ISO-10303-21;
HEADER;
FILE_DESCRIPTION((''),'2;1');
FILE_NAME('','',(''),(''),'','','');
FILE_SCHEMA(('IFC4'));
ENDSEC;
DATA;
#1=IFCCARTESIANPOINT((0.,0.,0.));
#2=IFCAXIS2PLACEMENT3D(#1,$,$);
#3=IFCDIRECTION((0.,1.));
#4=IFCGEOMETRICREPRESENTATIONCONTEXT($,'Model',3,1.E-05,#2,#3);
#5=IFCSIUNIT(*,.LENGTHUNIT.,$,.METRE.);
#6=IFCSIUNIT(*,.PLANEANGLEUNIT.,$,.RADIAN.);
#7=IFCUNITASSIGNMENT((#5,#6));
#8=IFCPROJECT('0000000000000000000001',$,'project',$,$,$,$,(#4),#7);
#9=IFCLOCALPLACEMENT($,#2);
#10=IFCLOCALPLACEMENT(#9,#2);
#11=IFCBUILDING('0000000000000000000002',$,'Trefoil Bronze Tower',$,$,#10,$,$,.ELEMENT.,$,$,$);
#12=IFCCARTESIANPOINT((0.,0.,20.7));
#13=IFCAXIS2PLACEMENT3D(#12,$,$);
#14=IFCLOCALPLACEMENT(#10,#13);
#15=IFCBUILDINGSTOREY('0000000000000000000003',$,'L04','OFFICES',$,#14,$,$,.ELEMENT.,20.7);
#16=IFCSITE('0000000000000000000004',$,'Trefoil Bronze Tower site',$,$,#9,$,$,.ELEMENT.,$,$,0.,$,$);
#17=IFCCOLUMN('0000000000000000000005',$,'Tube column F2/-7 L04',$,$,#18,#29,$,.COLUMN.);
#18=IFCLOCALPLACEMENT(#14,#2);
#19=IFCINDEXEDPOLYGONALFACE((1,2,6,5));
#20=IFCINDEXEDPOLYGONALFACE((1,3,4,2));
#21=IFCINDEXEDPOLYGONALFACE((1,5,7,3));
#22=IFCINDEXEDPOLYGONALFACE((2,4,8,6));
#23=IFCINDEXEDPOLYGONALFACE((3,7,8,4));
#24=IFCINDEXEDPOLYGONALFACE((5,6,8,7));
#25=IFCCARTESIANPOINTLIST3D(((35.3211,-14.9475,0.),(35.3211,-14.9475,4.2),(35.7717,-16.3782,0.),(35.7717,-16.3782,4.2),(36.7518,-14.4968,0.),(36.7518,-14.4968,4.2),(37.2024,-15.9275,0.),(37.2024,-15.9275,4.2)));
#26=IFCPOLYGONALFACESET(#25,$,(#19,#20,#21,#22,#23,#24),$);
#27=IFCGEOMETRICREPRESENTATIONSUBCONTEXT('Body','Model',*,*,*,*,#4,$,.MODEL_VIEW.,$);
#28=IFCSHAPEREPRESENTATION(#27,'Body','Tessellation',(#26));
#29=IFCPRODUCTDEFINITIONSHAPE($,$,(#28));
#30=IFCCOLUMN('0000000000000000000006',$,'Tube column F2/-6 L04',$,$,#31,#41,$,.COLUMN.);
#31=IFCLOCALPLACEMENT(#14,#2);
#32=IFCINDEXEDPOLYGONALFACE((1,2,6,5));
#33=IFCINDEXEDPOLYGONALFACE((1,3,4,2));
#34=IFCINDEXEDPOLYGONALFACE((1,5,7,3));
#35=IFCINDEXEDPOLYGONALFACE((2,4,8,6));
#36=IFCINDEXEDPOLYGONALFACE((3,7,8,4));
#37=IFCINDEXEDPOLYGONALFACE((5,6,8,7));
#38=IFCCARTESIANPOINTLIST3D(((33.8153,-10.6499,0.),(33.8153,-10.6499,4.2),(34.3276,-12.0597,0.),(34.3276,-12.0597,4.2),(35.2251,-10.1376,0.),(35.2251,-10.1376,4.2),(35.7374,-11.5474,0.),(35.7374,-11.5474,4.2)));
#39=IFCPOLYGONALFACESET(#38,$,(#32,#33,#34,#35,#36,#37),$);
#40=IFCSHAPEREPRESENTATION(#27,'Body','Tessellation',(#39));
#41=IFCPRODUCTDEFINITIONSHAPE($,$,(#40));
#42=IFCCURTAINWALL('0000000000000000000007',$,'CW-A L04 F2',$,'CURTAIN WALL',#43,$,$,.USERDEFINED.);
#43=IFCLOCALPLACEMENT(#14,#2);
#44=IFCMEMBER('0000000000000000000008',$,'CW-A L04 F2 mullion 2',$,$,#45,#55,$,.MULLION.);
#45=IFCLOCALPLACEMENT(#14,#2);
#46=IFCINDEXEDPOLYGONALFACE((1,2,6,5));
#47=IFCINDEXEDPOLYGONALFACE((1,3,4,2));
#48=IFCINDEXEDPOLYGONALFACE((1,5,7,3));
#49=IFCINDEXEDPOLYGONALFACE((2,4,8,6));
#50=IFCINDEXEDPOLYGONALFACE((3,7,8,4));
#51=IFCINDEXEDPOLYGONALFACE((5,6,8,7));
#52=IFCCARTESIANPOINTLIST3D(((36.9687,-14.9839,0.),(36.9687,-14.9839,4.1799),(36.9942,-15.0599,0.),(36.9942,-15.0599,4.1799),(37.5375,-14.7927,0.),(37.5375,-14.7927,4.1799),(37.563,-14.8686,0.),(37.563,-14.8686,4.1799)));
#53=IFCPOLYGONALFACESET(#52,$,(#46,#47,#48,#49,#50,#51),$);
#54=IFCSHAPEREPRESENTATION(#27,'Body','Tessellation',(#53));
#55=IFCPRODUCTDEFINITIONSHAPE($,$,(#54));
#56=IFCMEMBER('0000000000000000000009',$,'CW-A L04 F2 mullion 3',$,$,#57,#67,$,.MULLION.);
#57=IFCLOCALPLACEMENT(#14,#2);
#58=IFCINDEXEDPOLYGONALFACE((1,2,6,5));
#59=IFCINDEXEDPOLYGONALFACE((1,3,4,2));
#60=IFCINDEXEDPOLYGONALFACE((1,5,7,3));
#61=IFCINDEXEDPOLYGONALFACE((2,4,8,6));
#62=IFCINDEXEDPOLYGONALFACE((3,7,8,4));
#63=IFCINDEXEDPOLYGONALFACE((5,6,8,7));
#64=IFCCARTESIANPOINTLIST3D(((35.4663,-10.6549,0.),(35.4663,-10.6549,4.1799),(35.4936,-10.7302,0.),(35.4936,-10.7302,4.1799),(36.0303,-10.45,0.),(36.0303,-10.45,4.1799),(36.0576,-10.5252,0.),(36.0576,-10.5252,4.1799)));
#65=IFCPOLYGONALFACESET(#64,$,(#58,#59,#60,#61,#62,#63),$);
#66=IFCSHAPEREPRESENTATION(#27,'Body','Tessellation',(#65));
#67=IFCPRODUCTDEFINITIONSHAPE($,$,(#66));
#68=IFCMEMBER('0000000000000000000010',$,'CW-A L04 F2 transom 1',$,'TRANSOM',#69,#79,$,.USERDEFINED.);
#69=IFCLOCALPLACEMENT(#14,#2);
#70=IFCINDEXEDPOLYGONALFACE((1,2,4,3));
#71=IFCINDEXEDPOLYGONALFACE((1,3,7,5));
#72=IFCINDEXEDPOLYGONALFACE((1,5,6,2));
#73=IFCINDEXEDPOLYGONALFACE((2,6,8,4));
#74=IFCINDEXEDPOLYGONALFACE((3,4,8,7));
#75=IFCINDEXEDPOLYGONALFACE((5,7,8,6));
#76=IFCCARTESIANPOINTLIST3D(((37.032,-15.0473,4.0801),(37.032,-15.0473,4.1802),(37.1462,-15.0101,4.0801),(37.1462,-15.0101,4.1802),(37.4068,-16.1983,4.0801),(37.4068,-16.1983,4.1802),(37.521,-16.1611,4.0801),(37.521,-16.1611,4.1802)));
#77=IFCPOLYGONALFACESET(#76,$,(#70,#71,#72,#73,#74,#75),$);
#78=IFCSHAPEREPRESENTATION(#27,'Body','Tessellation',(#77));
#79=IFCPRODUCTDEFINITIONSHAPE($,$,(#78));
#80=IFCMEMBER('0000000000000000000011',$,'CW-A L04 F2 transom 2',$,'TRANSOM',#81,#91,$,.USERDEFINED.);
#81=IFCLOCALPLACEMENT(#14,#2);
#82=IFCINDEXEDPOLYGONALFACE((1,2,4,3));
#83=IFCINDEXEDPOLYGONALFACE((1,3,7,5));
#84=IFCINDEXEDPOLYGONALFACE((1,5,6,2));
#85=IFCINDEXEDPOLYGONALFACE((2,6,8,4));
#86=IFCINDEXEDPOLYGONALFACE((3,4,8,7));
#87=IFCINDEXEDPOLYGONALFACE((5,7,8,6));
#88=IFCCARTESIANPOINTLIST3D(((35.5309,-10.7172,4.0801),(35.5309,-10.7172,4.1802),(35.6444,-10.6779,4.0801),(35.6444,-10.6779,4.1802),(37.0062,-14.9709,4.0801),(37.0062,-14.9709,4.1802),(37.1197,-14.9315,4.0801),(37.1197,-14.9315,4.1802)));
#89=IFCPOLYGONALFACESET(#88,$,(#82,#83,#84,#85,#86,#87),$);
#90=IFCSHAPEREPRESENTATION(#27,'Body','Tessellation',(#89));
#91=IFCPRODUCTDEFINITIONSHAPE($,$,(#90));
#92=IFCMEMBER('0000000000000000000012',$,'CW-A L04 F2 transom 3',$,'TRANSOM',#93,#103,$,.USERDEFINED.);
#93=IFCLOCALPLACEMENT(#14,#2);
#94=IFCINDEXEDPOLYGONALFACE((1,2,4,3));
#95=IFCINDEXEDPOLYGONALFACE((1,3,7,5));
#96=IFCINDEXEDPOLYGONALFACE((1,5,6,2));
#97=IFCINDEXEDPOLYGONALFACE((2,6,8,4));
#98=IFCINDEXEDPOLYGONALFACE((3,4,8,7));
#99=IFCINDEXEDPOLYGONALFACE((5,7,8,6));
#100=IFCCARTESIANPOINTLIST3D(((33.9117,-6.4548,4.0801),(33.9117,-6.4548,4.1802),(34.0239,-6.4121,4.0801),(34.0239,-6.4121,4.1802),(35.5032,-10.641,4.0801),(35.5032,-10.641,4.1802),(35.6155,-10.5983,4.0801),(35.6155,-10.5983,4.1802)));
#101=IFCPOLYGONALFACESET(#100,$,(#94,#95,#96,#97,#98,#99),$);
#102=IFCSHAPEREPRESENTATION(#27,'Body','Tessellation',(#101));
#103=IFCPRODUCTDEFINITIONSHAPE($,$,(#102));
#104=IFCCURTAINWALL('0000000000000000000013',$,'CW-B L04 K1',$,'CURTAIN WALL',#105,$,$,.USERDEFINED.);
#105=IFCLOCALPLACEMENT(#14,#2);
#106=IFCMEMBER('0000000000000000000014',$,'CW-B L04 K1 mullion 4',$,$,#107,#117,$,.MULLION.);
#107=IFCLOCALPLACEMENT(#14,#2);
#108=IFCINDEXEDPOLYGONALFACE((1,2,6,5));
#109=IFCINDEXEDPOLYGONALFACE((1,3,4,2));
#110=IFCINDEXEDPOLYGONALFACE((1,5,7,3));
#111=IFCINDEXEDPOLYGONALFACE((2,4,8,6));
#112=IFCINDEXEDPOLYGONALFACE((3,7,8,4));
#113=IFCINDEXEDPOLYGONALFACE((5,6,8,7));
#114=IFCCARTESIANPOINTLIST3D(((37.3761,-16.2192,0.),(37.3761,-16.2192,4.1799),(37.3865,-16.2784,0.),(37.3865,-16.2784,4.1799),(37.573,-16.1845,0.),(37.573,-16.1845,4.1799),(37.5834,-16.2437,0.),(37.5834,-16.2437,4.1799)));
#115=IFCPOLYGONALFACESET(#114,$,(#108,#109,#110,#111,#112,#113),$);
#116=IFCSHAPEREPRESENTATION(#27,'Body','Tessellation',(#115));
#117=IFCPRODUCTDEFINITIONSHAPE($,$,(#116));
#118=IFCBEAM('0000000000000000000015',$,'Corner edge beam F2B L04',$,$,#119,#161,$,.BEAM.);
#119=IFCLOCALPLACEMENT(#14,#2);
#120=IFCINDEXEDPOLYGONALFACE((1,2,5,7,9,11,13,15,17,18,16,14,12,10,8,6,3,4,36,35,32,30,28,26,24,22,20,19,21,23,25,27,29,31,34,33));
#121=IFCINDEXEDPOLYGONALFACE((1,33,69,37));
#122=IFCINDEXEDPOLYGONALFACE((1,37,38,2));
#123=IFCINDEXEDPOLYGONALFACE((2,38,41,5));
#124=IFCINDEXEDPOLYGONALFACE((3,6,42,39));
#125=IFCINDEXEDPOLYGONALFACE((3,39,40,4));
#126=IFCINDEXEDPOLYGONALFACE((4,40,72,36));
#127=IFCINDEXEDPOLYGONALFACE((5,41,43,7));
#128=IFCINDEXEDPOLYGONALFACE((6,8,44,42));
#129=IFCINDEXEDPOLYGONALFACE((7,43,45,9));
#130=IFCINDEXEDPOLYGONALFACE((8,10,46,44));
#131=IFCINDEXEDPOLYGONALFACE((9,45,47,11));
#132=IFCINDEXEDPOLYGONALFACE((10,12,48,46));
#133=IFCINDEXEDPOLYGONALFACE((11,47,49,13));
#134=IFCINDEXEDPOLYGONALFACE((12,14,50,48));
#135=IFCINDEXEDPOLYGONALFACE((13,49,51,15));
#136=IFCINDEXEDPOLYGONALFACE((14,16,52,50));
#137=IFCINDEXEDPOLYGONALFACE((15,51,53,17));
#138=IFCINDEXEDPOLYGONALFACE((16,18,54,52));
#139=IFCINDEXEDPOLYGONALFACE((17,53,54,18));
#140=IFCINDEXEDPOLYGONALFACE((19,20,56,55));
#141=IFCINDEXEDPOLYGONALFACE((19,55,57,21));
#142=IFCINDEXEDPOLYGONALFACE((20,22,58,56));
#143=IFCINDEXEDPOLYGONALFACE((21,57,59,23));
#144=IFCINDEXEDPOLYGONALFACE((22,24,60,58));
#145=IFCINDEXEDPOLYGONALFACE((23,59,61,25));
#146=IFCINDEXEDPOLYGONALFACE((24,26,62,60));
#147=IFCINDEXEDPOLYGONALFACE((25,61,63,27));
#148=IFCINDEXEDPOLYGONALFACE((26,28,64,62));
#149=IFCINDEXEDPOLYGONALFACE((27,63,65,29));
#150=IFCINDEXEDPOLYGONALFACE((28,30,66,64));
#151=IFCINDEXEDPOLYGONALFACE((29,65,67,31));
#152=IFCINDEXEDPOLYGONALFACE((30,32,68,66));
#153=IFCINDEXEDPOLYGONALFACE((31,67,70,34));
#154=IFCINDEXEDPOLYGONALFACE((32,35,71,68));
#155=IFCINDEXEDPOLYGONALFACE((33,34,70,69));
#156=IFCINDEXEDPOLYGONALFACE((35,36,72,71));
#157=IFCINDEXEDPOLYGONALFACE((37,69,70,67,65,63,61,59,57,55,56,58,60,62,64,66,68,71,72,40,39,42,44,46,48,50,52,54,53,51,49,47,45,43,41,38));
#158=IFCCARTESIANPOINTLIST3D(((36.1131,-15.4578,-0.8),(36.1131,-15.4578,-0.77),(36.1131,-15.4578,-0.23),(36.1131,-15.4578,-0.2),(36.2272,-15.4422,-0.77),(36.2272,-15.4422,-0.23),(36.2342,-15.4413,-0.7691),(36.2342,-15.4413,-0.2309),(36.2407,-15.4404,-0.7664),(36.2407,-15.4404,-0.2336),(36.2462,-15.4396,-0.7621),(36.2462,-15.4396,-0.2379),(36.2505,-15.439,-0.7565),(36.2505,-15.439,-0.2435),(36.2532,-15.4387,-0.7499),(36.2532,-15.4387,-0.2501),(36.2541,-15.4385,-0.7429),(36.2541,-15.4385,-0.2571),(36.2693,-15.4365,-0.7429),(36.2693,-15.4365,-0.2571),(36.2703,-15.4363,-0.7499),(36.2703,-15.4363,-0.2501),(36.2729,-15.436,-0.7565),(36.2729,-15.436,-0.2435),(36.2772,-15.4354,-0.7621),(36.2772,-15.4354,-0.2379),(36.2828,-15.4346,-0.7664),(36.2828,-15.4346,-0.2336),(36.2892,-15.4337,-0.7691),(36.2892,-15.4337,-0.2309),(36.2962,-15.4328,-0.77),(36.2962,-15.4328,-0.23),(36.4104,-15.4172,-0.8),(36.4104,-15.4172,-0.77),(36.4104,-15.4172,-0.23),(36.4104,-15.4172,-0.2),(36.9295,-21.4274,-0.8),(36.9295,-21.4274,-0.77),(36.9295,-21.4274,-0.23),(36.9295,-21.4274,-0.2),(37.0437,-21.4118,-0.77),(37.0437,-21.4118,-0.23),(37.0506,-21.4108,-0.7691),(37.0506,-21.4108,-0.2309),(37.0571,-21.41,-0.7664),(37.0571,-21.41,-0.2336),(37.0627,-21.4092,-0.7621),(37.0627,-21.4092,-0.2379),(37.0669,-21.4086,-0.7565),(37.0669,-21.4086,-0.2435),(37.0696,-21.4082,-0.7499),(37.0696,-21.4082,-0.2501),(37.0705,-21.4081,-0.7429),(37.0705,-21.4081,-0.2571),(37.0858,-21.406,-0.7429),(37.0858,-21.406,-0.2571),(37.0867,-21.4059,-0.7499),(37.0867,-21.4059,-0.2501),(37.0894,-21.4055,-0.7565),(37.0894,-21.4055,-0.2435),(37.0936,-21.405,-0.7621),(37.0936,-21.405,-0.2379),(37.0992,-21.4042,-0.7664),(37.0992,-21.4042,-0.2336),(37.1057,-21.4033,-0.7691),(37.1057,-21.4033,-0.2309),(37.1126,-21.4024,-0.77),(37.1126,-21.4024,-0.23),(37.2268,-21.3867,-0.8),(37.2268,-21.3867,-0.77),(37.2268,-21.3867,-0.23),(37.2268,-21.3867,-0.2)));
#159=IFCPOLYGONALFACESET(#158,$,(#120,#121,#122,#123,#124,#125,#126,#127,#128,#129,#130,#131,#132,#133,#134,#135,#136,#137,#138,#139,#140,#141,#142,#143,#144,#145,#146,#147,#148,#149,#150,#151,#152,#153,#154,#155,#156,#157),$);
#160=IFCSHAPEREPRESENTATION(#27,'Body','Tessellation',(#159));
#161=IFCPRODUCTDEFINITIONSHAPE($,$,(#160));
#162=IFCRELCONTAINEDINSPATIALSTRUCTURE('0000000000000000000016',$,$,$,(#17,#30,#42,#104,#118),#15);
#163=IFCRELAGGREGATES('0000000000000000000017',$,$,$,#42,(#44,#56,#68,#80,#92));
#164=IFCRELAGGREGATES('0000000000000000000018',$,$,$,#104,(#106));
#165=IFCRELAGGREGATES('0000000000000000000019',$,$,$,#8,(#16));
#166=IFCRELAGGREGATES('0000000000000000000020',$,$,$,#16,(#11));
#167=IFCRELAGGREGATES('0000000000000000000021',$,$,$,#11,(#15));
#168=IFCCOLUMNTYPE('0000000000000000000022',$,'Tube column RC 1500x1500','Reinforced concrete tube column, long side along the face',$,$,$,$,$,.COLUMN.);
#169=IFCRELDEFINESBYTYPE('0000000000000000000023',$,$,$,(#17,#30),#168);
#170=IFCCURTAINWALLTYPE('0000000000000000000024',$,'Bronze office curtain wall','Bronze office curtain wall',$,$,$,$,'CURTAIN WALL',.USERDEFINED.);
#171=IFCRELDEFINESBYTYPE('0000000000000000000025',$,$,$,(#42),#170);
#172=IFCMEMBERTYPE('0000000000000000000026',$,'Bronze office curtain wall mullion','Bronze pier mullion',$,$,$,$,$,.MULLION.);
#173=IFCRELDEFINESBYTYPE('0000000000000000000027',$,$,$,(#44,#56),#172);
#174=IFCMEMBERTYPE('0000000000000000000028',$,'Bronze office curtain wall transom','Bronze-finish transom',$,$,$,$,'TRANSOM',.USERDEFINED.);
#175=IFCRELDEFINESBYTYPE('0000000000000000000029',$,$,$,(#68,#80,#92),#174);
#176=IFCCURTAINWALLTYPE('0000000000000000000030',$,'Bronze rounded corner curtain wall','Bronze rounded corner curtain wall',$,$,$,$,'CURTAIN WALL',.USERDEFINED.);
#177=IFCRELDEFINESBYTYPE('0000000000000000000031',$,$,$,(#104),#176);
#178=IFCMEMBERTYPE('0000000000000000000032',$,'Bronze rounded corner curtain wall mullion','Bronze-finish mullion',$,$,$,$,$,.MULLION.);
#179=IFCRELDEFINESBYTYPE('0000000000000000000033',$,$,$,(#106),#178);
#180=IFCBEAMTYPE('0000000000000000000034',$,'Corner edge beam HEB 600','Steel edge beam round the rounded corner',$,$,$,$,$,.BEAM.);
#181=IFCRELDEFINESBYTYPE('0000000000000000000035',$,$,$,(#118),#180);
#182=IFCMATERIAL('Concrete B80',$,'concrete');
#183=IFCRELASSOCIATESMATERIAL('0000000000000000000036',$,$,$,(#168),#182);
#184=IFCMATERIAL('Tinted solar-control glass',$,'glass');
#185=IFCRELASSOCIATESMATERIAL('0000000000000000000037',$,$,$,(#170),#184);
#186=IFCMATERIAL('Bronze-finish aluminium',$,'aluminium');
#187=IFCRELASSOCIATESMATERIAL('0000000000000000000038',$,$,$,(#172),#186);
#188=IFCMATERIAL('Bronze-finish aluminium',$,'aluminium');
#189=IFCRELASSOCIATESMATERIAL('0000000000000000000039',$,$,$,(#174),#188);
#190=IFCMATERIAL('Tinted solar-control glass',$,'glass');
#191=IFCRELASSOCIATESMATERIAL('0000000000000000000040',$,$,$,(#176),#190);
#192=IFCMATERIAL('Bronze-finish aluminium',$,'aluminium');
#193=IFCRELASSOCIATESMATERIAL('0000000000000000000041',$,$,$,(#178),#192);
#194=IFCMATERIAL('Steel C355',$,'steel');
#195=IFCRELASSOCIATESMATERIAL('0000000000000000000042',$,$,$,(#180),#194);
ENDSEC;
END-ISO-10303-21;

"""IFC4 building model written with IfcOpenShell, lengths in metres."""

from ifc_helpers import new_model, si_unit, direction, frame, origin, origin_2d, place, context, subcontext, project, spatial, rectangle, i_section, extrude, material, material_profile, profile_set, type_object, element, aggregate, save


model = new_model("IFC4")

# Units and contexts
model_context = context("Model", 3, precision=1e-05, world=origin(), true_north=direction((0.0, 1.0)))
body_context = subcontext(model_context, "Body", "Model", "MODEL_VIEW")
ifc_project = project(units=[si_unit("LENGTHUNIT", "METRE"), si_unit("PLANEANGLEUNIT", "RADIAN")], contexts=[model_context])

# Site, building, storey
site_placement = place(None, origin())
site = spatial("IfcSite", under=ifc_project, at=site_placement, Name="Trefoil Bronze Tower site", CompositionType="ELEMENT", RefElevation=0.0)
building_placement = place(site_placement, origin())
building = spatial("IfcBuilding", under=site, at=building_placement, Name="Trefoil Bronze Tower", CompositionType="ELEMENT")
storey_placement = place(building_placement, frame((0.0, 0.0, 20.7)))
storey = spatial("IfcBuildingStorey", under=building, at=storey_placement, Name="L04", Description="OFFICES", CompositionType="ELEMENT", Elevation=20.7)

# Columns
ifc_material_1 = material(Name="Concrete B80", Category="concrete")
ifc_material_profile_1 = material_profile(ifc_material_1, rectangle(XDim=1.5, YDim=1.5, at=origin_2d()), Name="RC 1500x1500")
ifc_profile_set_1 = profile_set([ifc_material_profile_1], Name="Concrete B80")
column_type = type_object("IfcColumnType", Name="Tube column RC 1500x1500", Description="Reinforced concrete tube column, long side along the face", PredefinedType="COLUMN", material=ifc_profile_set_1)
for number, where, z_axis, x_axis, name in (
    (1, (36.2617, -15.4375, 0.0), (0.0, 0.0, 1.0), (-0.300414, 0.953809, 0.0), "Tube column F2/-7 L04"),
    (2, (34.7764, -11.0986, 0.0), (0.0, 0.0, 1.0), (-0.341559, 0.93986, 0.0), "Tube column F2/-6 L04"),
):
    element("IfcColumn", number, at=place(storey_placement, frame(where, z_axis=z_axis, x_axis=x_axis)), inside=storey, type_object=column_type, Name=name, PredefinedType="COLUMN", context=body_context, shape_type="SweptSolid", body=[
        extrude(rectangle(XDim=1.5, YDim=1.5, at=origin_2d()), origin(), (0.0, 0.0, 1.0), 4.2),
    ])

# Curtain wall, members
ifc_material_2 = material(Name="Tinted solar-control glass", Category="glass")
curtain_wall_type_1 = type_object("IfcCurtainWallType", Name="Bronze office curtain wall", Description="Bronze office curtain wall", ElementType="CURTAIN WALL", PredefinedType="USERDEFINED", material=ifc_material_2)
curtain_wall_1_placement = place(storey_placement, origin())
curtain_wall_1 = element("IfcCurtainWall", 3, at=curtain_wall_1_placement, inside=storey, type_object=curtain_wall_type_1, Name="CW-A L04 F2", ObjectType="CURTAIN WALL", PredefinedType="USERDEFINED")
ifc_material_3 = material(Name="Bronze-finish aluminium", Category="aluminium")
ifc_material_profile_2 = material_profile(ifc_material_3, rectangle(XDim=0.6001, YDim=0.0801, at=origin_2d()), Name="CW-A mullion")
ifc_profile_set_2 = profile_set([ifc_material_profile_2], Name="Bronze-finish aluminium")
member_type_1 = type_object("IfcMemberType", Name="Bronze office curtain wall mullion", Description="Bronze pier mullion", PredefinedType="MULLION", material=ifc_profile_set_2)
member_1_placement = place(storey_placement, frame((37.2659, -14.9263, 0.0), z_axis=(0.0, 0.0, 1.0), x_axis=(-0.947851, -0.318715, 0.0)))
member_1 = element("IfcMember", 4, at=member_1_placement, type_object=member_type_1, Name="CW-A L04 F2 mullion 2", PredefinedType="MULLION", context=body_context, shape_type="SweptSolid", body=[
    extrude(rectangle(XDim=0.6001, YDim=0.0801, at=origin_2d()), origin(), (0.0, 0.0, 1.0), 4.1799),
])
member_2_placement = place(storey_placement, frame((35.762, -10.5901, 0.0), z_axis=(0.0, 0.0, 1.0), x_axis=(-0.93986, -0.341559, 0.0)))
member_2 = element("IfcMember", 5, at=member_2_placement, type_object=member_type_1, Name="CW-A L04 F2 mullion 3", PredefinedType="MULLION", context=body_context, shape_type="SweptSolid", body=[
    extrude(rectangle(XDim=0.6001, YDim=0.0801, at=origin_2d()), origin(), (0.0, 0.0, 1.0), 4.1799),
])
ifc_material_4 = material(Name="Bronze-finish aluminium", Category="aluminium")
ifc_material_profile_3 = material_profile(ifc_material_4, rectangle(XDim=0.1201, YDim=0.1001, at=origin_2d()), Name="CW-A transom")
ifc_profile_set_3 = profile_set([ifc_material_profile_3], Name="Bronze-finish aluminium")
member_type_2 = type_object("IfcMemberType", Name="Bronze office curtain wall transom", Description="Bronze-finish transom", ElementType="TRANSOM", PredefinedType="USERDEFINED", material=ifc_profile_set_3)
member_3_placement = place(storey_placement, frame((37.4639, -16.1797, 4.1301), z_axis=(-0.309624, 0.950859, 0.0), x_axis=(-0.950859, -0.309624, 0.0)))
member_3 = element("IfcMember", 6, at=member_3_placement, type_object=member_type_2, Name="CW-A L04 F2 transom 1", ObjectType="TRANSOM", PredefinedType="USERDEFINED", context=body_context, shape_type="SweptSolid", body=[
    extrude(rectangle(XDim=0.1201, YDim=0.1001, at=origin_2d()), origin(), (0.0, 0.0, 1.0), 1.2104),
])
member_4_placement = place(storey_placement, frame((37.063, -14.9512, 4.1301), z_axis=(-0.32769, 0.944785, 0.0), x_axis=(-0.944785, -0.32769, 0.0)))
member_4 = element("IfcMember", 7, at=member_4_placement, type_object=member_type_2, Name="CW-A L04 F2 transom 2", ObjectType="TRANSOM", PredefinedType="USERDEFINED", context=body_context, shape_type="SweptSolid", body=[
    extrude(rectangle(XDim=0.1201, YDim=0.1001, at=origin_2d()), origin(), (0.0, 0.0, 1.0), 4.5022),
])
member_5_placement = place(storey_placement, frame((35.5593, -10.6196, 4.1301), z_axis=(-0.355367, 0.934727, 0.0), x_axis=(-0.934727, -0.355367, 0.0)))
member_5 = element("IfcMember", 8, at=member_5_placement, type_object=member_type_2, Name="CW-A L04 F2 transom 3", ObjectType="TRANSOM", PredefinedType="USERDEFINED", context=body_context, shape_type="SweptSolid", body=[
    extrude(rectangle(XDim=0.1201, YDim=0.1001, at=origin_2d()), origin(), (0.0, 0.0, 1.0), 4.4785),
])

# Curtain wall, member
ifc_material_5 = material(Name="Tinted solar-control glass", Category="glass")
curtain_wall_type_2 = type_object("IfcCurtainWallType", Name="Bronze rounded corner curtain wall", Description="Bronze rounded corner curtain wall", ElementType="CURTAIN WALL", PredefinedType="USERDEFINED", material=ifc_material_5)
curtain_wall_2_placement = place(storey_placement, origin())
curtain_wall_2 = element("IfcCurtainWall", 9, at=curtain_wall_2_placement, inside=storey, type_object=curtain_wall_type_2, Name="CW-B L04 K1", ObjectType="CURTAIN WALL", PredefinedType="USERDEFINED")
ifc_material_6 = material(Name="Bronze-finish aluminium", Category="aluminium")
ifc_material_profile_4 = material_profile(ifc_material_6, rectangle(XDim=0.2, YDim=0.0601, at=origin_2d()), Name="CW-B mullion")
ifc_profile_set_4 = profile_set([ifc_material_profile_4], Name="Bronze-finish aluminium")
member_type_3 = type_object("IfcMemberType", Name="Bronze rounded corner curtain wall mullion", Description="Bronze-finish mullion", PredefinedType="MULLION", material=ifc_profile_set_4)
member_6_placement = place(storey_placement, frame((37.4797, -16.2314, 0.0), z_axis=(0.0, 0.0, 1.0), x_axis=(-0.984808, -0.173648, 0.0)))
member_6 = element("IfcMember", 10, at=member_6_placement, type_object=member_type_3, Name="CW-B L04 K1 mullion 4", PredefinedType="MULLION", context=body_context, shape_type="SweptSolid", body=[
    extrude(rectangle(XDim=0.2, YDim=0.0601, at=origin_2d()), origin(), (0.0, 0.0, 1.0), 4.1799),
])

# Beam
ifc_material_7 = material(Name="Steel C355", Category="steel")
ifc_material_profile_5 = material_profile(ifc_material_7, i_section(OverallWidth=0.3, OverallDepth=0.6001, WebThickness=0.0154, FlangeThickness=0.03, FilletRadius=0.0271, at=origin_2d()), Name="HEB 600")
ifc_profile_set_5 = profile_set([ifc_material_profile_5], Name="Steel C355")
beam_type_1 = type_object("IfcBeamType", Name="Corner edge beam HEB 600", Description="Steel edge beam round the rounded corner", PredefinedType="BEAM", material=ifc_profile_set_5)
beam_1_placement = place(storey_placement, frame((36.2617, -15.4375, -0.5), z_axis=(0.135502, -0.990777, 0.0), x_axis=(0.990777, 0.135502, 0.0)))
element("IfcBeam", 11, at=beam_1_placement, inside=storey, type_object=beam_type_1, Name="Corner edge beam F2B L04", PredefinedType="BEAM", context=body_context, shape_type="SweptSolid", body=[
    extrude(i_section(OverallWidth=0.3, OverallDepth=0.6001, WebThickness=0.0154, FlangeThickness=0.03, FilletRadius=0.0271, at=origin_2d()), origin(), (0.0, 0.0, 1.0), 6.0251),
])

aggregate(curtain_wall_1, [member_1, member_2, member_3, member_4, member_5])
aggregate(curtain_wall_2, [member_6])

save(model, "model.ifc")
